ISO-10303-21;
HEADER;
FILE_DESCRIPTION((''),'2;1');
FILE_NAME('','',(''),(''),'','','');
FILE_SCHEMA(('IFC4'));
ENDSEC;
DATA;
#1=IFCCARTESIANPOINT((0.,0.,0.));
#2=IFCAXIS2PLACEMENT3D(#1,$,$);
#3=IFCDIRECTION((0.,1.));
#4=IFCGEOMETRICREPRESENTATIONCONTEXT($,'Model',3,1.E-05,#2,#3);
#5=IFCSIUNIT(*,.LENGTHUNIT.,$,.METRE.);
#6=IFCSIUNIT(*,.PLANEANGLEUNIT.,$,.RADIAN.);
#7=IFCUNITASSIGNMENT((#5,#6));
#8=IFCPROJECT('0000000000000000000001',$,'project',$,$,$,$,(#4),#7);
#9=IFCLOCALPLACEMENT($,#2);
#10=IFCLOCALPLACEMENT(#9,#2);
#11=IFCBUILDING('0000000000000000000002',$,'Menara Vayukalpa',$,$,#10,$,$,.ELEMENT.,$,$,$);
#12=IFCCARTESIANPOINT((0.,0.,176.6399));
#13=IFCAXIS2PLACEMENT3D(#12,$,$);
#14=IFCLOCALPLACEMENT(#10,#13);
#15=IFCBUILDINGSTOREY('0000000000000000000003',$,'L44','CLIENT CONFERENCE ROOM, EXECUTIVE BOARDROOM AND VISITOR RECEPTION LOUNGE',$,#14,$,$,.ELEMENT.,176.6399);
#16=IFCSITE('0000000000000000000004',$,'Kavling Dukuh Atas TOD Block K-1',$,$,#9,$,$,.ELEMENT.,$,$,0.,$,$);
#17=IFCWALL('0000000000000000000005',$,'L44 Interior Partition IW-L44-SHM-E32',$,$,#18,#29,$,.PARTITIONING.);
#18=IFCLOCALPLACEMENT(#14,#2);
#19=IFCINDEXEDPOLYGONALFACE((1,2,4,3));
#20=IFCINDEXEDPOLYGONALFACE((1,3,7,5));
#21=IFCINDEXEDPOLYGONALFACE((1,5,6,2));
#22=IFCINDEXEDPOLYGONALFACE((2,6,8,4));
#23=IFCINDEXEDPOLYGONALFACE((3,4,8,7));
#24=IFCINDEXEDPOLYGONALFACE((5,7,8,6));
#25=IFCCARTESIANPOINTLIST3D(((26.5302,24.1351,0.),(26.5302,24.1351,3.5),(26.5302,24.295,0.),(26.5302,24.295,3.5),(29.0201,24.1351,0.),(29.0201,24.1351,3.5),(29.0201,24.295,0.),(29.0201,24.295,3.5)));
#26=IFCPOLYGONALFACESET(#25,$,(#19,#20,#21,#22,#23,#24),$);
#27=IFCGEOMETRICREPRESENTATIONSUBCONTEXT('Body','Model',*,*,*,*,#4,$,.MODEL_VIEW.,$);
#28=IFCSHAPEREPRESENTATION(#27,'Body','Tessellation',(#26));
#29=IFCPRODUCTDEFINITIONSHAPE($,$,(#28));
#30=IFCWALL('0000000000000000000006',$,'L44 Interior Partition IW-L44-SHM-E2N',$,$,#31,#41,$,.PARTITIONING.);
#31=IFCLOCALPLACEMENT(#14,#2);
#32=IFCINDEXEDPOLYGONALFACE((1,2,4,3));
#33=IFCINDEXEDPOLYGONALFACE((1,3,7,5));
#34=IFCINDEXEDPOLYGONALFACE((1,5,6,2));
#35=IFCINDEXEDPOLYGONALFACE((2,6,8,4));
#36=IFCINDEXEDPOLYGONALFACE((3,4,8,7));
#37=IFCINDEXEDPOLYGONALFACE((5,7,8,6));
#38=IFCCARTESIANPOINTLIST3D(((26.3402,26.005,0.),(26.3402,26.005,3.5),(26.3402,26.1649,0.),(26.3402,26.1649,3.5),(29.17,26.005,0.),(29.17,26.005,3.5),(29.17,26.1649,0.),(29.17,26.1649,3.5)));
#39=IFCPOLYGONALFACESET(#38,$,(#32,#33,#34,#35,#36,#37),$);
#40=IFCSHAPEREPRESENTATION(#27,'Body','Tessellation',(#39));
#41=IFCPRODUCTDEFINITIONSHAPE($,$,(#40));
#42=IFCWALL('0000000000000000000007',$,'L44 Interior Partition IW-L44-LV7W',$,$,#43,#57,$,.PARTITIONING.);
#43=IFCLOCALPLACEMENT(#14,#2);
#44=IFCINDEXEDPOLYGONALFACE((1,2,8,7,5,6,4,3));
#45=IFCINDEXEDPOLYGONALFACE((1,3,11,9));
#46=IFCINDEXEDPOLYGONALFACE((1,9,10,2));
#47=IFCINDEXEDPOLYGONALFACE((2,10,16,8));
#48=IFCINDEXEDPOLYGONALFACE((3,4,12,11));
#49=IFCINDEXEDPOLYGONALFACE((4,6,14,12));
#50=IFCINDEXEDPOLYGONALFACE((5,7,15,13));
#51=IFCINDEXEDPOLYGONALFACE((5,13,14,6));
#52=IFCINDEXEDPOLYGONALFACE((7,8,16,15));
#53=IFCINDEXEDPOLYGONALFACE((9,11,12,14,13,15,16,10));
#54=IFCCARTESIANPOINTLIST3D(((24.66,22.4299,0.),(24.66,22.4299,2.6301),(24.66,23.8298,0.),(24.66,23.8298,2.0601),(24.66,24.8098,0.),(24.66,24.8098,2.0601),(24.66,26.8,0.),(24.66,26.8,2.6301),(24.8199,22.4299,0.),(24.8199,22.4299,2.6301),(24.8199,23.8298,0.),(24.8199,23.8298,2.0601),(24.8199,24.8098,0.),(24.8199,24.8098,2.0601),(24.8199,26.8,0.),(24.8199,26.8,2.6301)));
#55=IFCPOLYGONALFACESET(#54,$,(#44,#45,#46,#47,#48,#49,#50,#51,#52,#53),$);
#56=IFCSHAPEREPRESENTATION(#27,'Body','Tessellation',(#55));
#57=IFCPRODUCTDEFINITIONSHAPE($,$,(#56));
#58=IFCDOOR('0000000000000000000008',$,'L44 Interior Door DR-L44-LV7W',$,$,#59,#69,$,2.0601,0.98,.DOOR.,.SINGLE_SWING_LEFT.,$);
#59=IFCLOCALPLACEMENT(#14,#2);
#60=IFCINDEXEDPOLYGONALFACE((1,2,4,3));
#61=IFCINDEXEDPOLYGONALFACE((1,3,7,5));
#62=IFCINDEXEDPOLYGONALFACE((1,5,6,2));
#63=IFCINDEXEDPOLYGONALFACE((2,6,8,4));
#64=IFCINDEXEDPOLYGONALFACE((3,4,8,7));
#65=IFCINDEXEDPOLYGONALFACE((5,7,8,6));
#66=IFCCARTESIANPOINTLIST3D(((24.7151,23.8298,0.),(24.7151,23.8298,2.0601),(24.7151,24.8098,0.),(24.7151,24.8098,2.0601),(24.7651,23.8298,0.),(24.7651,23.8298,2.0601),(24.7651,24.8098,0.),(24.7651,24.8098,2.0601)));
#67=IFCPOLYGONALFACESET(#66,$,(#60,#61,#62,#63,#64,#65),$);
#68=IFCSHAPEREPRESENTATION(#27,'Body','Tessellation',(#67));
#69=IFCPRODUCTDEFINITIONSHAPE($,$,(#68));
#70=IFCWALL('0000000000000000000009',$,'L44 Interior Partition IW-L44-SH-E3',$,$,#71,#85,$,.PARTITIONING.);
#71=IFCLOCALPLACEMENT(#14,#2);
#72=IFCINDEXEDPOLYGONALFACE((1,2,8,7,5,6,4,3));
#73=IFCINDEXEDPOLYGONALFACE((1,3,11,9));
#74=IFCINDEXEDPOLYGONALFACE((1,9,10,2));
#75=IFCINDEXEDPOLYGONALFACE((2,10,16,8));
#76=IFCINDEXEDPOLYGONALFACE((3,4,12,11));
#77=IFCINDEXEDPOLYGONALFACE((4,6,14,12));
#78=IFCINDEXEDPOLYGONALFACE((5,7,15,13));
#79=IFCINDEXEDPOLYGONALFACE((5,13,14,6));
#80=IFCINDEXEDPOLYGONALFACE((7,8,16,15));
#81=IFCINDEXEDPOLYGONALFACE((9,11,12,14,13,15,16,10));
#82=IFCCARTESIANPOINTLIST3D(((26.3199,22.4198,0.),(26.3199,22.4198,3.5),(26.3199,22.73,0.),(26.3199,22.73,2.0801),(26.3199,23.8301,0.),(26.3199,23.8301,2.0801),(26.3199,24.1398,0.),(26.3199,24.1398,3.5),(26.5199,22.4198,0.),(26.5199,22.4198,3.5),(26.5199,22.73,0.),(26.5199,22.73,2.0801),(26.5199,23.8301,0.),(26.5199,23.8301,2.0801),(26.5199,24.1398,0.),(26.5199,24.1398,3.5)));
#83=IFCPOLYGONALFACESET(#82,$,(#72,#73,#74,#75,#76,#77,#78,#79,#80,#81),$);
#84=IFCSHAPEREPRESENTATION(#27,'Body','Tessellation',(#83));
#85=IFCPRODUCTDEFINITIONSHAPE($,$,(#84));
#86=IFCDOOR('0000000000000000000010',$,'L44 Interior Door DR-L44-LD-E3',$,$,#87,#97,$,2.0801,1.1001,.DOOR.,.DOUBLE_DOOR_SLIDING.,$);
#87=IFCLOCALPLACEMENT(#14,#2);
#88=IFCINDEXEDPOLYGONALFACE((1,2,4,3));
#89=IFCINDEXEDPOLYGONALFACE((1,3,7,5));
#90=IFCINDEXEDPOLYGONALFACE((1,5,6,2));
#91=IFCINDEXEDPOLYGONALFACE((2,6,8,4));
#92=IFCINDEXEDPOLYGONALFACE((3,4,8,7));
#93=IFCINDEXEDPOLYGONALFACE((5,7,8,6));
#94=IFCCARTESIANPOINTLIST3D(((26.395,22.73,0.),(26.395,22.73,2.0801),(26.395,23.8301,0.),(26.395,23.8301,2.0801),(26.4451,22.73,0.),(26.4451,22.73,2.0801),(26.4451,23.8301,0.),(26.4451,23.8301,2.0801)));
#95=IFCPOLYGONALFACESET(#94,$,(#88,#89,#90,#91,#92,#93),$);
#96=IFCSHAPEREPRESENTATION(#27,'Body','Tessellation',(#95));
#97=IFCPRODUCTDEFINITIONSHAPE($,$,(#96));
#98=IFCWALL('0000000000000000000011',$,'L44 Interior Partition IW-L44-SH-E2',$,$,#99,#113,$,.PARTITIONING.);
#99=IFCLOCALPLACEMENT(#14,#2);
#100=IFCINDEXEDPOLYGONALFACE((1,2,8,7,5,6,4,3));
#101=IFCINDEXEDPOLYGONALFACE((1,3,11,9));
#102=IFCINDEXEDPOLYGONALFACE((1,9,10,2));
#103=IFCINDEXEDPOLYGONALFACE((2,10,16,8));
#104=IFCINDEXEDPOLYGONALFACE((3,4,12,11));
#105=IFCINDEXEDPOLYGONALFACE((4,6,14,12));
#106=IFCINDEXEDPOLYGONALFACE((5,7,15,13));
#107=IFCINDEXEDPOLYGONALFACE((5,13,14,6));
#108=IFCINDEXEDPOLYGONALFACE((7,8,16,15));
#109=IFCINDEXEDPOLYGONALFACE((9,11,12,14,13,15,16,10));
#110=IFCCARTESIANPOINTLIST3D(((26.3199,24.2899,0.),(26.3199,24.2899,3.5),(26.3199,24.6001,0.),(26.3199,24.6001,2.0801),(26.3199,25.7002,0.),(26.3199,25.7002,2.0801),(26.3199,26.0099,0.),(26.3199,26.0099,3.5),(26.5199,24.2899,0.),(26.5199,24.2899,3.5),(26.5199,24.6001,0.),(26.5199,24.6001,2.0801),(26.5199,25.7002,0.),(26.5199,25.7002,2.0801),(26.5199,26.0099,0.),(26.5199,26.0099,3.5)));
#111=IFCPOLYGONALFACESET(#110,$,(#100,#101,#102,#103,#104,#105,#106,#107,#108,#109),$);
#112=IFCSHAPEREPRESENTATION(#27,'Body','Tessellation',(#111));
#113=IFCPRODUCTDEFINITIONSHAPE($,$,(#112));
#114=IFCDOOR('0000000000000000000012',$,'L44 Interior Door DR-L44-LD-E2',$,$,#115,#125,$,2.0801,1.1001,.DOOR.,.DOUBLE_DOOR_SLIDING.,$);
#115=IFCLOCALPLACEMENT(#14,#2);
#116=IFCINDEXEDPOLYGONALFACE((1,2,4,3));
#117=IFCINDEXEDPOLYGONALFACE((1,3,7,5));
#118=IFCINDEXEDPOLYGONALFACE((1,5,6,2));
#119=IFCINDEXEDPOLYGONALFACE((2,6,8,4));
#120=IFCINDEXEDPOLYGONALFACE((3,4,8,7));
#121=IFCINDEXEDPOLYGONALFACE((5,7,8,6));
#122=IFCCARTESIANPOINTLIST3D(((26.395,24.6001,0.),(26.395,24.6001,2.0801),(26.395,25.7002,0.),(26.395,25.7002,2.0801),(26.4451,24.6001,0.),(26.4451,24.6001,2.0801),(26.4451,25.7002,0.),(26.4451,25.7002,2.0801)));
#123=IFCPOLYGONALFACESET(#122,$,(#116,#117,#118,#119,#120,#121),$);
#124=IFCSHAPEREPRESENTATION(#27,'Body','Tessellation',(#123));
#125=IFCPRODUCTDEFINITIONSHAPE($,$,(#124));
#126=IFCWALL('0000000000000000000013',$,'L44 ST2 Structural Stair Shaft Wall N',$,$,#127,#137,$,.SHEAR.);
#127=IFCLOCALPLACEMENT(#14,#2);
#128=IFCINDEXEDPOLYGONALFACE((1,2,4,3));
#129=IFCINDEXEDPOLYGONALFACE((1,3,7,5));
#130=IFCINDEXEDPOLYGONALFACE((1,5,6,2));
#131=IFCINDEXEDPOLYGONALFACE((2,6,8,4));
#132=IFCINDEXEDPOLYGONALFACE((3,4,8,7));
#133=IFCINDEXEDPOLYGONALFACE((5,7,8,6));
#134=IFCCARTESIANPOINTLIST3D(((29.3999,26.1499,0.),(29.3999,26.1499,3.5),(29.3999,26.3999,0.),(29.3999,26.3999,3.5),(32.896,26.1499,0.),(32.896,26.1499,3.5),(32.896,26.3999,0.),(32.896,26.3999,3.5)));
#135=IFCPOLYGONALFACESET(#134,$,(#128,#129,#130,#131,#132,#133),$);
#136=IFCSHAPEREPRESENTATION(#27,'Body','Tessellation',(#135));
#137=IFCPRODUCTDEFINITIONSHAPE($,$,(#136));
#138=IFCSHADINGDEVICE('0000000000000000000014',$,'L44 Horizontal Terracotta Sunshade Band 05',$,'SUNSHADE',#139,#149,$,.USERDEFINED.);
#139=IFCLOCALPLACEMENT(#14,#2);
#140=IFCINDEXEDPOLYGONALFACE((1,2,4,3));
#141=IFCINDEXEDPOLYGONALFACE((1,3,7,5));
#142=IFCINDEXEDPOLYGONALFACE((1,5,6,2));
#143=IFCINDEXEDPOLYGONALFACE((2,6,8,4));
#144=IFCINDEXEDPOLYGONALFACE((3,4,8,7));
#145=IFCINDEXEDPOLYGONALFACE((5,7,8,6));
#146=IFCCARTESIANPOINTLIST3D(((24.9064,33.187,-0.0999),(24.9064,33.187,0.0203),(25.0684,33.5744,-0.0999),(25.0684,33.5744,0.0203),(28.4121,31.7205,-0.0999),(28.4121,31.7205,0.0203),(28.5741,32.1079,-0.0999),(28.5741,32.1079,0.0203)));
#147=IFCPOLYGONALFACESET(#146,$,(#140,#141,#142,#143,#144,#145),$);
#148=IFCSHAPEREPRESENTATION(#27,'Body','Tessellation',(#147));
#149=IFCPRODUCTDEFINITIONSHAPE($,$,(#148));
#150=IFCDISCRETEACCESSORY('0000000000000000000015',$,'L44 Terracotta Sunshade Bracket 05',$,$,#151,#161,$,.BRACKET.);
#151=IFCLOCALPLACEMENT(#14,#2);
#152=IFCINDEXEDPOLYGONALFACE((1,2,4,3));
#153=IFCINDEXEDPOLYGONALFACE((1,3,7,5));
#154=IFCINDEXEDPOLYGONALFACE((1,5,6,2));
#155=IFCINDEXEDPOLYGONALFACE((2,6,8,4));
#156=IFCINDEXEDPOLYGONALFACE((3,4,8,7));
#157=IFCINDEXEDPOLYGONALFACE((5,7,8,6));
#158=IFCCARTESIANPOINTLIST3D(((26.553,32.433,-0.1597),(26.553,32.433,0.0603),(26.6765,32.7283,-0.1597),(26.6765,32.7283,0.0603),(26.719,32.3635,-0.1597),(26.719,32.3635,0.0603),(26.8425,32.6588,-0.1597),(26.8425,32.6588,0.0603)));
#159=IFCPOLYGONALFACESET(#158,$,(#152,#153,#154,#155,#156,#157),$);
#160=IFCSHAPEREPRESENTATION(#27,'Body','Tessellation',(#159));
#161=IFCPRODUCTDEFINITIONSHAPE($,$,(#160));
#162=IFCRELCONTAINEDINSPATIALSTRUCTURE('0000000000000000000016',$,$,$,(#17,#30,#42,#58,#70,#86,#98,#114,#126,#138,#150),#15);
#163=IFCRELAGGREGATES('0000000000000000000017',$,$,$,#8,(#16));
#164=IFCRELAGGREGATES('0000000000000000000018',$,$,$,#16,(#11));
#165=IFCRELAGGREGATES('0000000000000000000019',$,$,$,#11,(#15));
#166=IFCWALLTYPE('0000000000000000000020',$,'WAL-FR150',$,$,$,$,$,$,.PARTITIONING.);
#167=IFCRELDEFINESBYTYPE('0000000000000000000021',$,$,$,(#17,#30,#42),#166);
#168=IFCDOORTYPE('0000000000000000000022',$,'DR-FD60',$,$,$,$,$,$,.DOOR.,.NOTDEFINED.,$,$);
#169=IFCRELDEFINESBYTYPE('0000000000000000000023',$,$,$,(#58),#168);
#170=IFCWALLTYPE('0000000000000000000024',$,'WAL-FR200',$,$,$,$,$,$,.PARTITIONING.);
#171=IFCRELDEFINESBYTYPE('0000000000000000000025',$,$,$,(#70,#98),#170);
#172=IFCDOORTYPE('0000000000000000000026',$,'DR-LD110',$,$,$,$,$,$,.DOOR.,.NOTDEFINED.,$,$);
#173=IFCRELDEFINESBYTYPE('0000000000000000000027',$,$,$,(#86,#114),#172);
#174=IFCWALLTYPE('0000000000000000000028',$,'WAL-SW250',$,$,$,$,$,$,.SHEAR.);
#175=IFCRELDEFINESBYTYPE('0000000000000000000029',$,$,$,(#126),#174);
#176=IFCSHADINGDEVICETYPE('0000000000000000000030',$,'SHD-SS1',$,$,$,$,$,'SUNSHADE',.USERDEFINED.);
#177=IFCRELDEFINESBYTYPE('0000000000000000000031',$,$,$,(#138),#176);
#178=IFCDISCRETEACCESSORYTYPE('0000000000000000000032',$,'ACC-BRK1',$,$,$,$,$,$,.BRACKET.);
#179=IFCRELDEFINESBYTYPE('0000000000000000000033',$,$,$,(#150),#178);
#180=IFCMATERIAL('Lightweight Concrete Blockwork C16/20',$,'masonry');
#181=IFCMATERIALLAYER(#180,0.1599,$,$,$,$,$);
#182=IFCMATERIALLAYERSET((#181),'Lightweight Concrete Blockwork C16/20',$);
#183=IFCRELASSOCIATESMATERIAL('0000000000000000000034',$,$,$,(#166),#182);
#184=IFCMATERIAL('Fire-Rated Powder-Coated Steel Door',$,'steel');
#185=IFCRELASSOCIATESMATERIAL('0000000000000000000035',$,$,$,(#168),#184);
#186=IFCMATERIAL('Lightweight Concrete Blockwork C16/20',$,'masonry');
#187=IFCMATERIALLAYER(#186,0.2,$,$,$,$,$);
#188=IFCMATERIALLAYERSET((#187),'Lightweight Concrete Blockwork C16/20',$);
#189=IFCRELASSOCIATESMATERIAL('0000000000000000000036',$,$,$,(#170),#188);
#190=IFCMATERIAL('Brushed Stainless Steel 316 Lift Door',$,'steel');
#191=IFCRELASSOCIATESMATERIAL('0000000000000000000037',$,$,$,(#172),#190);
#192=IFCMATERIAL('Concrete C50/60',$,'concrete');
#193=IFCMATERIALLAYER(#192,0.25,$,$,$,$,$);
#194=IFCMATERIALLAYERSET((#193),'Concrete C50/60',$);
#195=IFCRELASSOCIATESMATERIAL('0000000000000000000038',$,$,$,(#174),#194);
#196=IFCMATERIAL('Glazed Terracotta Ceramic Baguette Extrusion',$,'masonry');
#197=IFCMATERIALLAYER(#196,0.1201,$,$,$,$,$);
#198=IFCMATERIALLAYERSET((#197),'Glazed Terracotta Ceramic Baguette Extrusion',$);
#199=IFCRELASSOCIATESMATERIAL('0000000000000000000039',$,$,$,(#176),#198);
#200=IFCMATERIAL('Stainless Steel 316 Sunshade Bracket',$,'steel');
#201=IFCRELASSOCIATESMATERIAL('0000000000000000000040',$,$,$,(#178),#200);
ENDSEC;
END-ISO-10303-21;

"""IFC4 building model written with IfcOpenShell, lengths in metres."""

from ifc_helpers import new_model, si_unit, direction, frame, frame_2d, origin, origin_2d, place, context, subcontext, project, spatial, rectangle, extrude, material, layer, layer_set, type_object, element, fill, save


model = new_model("IFC4")

# Units and contexts
model_context = context("Model", 3, precision=1e-05, world=origin(), true_north=direction((0.0, 1.0)))
body_context = subcontext(model_context, "Body", "Model", "MODEL_VIEW")
ifc_project = project(units=[si_unit("LENGTHUNIT", "METRE"), si_unit("PLANEANGLEUNIT", "RADIAN")], contexts=[model_context])

# Site, building, storey
site_placement = place(None, origin())
site = spatial("IfcSite", under=ifc_project, at=site_placement, Name="Kavling Dukuh Atas TOD Block K-1", CompositionType="ELEMENT", RefElevation=0.0)
building_placement = place(site_placement, origin())
building = spatial("IfcBuilding", under=site, at=building_placement, Name="Menara Vayukalpa", CompositionType="ELEMENT")
storey_placement = place(building_placement, frame((0.0, 0.0, 176.6399)))
storey = spatial("IfcBuildingStorey", under=building, at=storey_placement, Name="L44", Description="CLIENT CONFERENCE ROOM, EXECUTIVE BOARDROOM AND VISITOR RECEPTION LOUNGE", CompositionType="ELEMENT", Elevation=176.6399)

# Walls
ifc_material_1 = material(Name="Lightweight Concrete Blockwork C16/20", Category="masonry")
ifc_layer_1 = layer(ifc_material_1, 0.1599)
ifc_layer_set_1 = layer_set([ifc_layer_1], Name="Lightweight Concrete Blockwork C16/20")
wall_type_1 = type_object("IfcWallType", Name="WAL-FR150", PredefinedType="PARTITIONING", material=ifc_layer_set_1)
wall_1_placement = place(storey_placement, frame((26.53, 24.2151, 0.0), z_axis=(0.0, 0.0, 1.0), x_axis=(1.0, 0.0, 0.0)))
element("IfcWall", 1, at=wall_1_placement, inside=storey, type_object=wall_type_1, Name="L44 Interior Partition IW-L44-SHM-E32", PredefinedType="PARTITIONING", context=body_context, shape_type="SweptSolid", body=[
    extrude(rectangle(XDim=2.49, YDim=0.1599, at=frame_2d((1.2451, 0.0))), origin(), (0.0, 0.0, 1.0), 3.5),
])
wall_2_placement = place(storey_placement, frame((26.3401, 26.085, 0.0), z_axis=(0.0, 0.0, 1.0), x_axis=(1.0, 0.0, 0.0)))
element("IfcWall", 2, at=wall_2_placement, inside=storey, type_object=wall_type_1, Name="L44 Interior Partition IW-L44-SHM-E2N", PredefinedType="PARTITIONING", context=body_context, shape_type="SweptSolid", body=[
    extrude(rectangle(XDim=2.8298, YDim=0.1599, at=frame_2d((1.415, 0.0))), origin(), (0.0, 0.0, 1.0), 3.5),
])

# Walls, openings, doors
wall_3_placement = place(storey_placement, frame((24.74, 22.4299, 0.0), z_axis=(0.0, 0.0, 1.0), x_axis=(0.0, 1.0, 0.0)))
wall_3 = element("IfcWall", 3, at=wall_3_placement, inside=storey, type_object=wall_type_1, Name="L44 Interior Partition IW-L44-LV7W", PredefinedType="PARTITIONING", context=body_context, shape_type="SweptSolid", body=[
    extrude(rectangle(XDim=4.3701, YDim=0.1599, at=frame_2d((2.1851, 0.0))), origin(), (0.0, 0.0, 1.0), 2.6301),
])
opening_1_placement = place(wall_3_placement, frame((1.3999, 0.0, 0.0)))
opening_1 = element("IfcOpeningElement", 4, at=opening_1_placement, cuts=wall_3, PredefinedType="OPENING", context=body_context, shape_type="SweptSolid", body=[
    extrude(rectangle(XDim=0.98, YDim=2.0601, at=frame_2d((0.49, 1.03))), frame((0.0, 0.0898, 0.0), z_axis=(0.0, -1.0, 0.0), x_axis=(1.0, 0.0, 0.0)), (0.0, 0.0, 1.0), 0.1799),
])
ifc_material_2 = material(Name="Fire-Rated Powder-Coated Steel Door", Category="steel")
door_type_1 = type_object("IfcDoorType", Name="DR-FD60", OperationType="NOTDEFINED", PredefinedType="DOOR", material=ifc_material_2)
door_1_placement = place(opening_1_placement, origin())
door_1 = element("IfcDoor", 5, at=door_1_placement, inside=storey, type_object=door_type_1, Name="L44 Interior Door DR-L44-LV7W", OperationType="SINGLE_SWING_LEFT", OverallHeight=2.0601, OverallWidth=0.98, PredefinedType="DOOR", context=body_context, shape_type="SweptSolid", body=[
    extrude(rectangle(XDim=0.98, YDim=2.0601, at=frame_2d((0.49, 1.03))), frame((0.0, 0.0249, 0.0), z_axis=(0.0, -1.0, 0.0), x_axis=(1.0, 0.0, 0.0)), (0.0, 0.0, 1.0), 0.05),
])
fill(opening_1, door_1)
ifc_material_3 = material(Name="Lightweight Concrete Blockwork C16/20", Category="masonry")
ifc_layer_2 = layer(ifc_material_3, 0.2)
ifc_layer_set_2 = layer_set([ifc_layer_2], Name="Lightweight Concrete Blockwork C16/20")
wall_type_2 = type_object("IfcWallType", Name="WAL-FR200", PredefinedType="PARTITIONING", material=ifc_layer_set_2)
wall_4_placement = place(storey_placement, frame((26.4199, 22.4199, 0.0), z_axis=(0.0, 0.0, 1.0), x_axis=(0.0, 1.0, 0.0)))
wall_4 = element("IfcWall", 6, at=wall_4_placement, inside=storey, type_object=wall_type_2, Name="L44 Interior Partition IW-L44-SH-E3", PredefinedType="PARTITIONING", context=body_context, shape_type="SweptSolid", body=[
    extrude(rectangle(XDim=1.72, YDim=0.2, at=frame_2d((0.8599, 0.0))), origin(), (0.0, 0.0, 1.0), 3.5),
])
opening_2_placement = place(wall_4_placement, frame((0.3101, 0.0, 0.0)))
opening_2 = element("IfcOpeningElement", 7, at=opening_2_placement, cuts=wall_4, PredefinedType="OPENING", context=body_context, shape_type="SweptSolid", body=[
    extrude(rectangle(XDim=1.1001, YDim=2.0801, at=frame_2d((0.55, 1.04))), frame((0.0, 0.1099, 0.0), z_axis=(0.0, -1.0, 0.0), x_axis=(1.0, 0.0, 0.0)), (0.0, 0.0, 1.0), 0.22),
])
ifc_material_4 = material(Name="Brushed Stainless Steel 316 Lift Door", Category="steel")
door_type_2 = type_object("IfcDoorType", Name="DR-LD110", OperationType="NOTDEFINED", PredefinedType="DOOR", material=ifc_material_4)
door_2_placement = place(opening_2_placement, origin())
door_2 = element("IfcDoor", 8, at=door_2_placement, inside=storey, type_object=door_type_2, Name="L44 Interior Door DR-L44-LD-E3", OperationType="DOUBLE_DOOR_SLIDING", OverallHeight=2.0801, OverallWidth=1.1001, PredefinedType="DOOR", context=body_context, shape_type="SweptSolid", body=[
    extrude(rectangle(XDim=1.1001, YDim=2.0801, at=frame_2d((0.55, 1.04))), frame((0.0, 0.0249, 0.0), z_axis=(0.0, -1.0, 0.0), x_axis=(1.0, 0.0, 0.0)), (0.0, 0.0, 1.0), 0.05),
])
fill(opening_2, door_2)
wall_5_placement = place(storey_placement, frame((26.4199, 24.29, 0.0), z_axis=(0.0, 0.0, 1.0), x_axis=(0.0, 1.0, 0.0)))
wall_5 = element("IfcWall", 9, at=wall_5_placement, inside=storey, type_object=wall_type_2, Name="L44 Interior Partition IW-L44-SH-E2", PredefinedType="PARTITIONING", context=body_context, shape_type="SweptSolid", body=[
    extrude(rectangle(XDim=1.72, YDim=0.2, at=frame_2d((0.8599, 0.0))), origin(), (0.0, 0.0, 1.0), 3.5),
])
opening_3_placement = place(wall_5_placement, frame((0.3101, 0.0, 0.0)))
opening_3 = element("IfcOpeningElement", 10, at=opening_3_placement, cuts=wall_5, PredefinedType="OPENING", context=body_context, shape_type="SweptSolid", body=[
    extrude(rectangle(XDim=1.1001, YDim=2.0801, at=frame_2d((0.55, 1.04))), frame((0.0, 0.1099, 0.0), z_axis=(0.0, -1.0, 0.0), x_axis=(1.0, 0.0, 0.0)), (0.0, 0.0, 1.0), 0.22),
])
door_3_placement = place(opening_3_placement, origin())
door_3 = element("IfcDoor", 11, at=door_3_placement, inside=storey, type_object=door_type_2, Name="L44 Interior Door DR-L44-LD-E2", OperationType="DOUBLE_DOOR_SLIDING", OverallHeight=2.0801, OverallWidth=1.1001, PredefinedType="DOOR", context=body_context, shape_type="SweptSolid", body=[
    extrude(rectangle(XDim=1.1001, YDim=2.0801, at=frame_2d((0.55, 1.04))), frame((0.0, 0.0249, 0.0), z_axis=(0.0, -1.0, 0.0), x_axis=(1.0, 0.0, 0.0)), (0.0, 0.0, 1.0), 0.05),
])
fill(opening_3, door_3)

# Wall
ifc_material_5 = material(Name="Concrete C50/60", Category="concrete")
ifc_layer_3 = layer(ifc_material_5, 0.25)
ifc_layer_set_3 = layer_set([ifc_layer_3], Name="Concrete C50/60")
wall_type_3 = type_object("IfcWallType", Name="WAL-SW250", PredefinedType="SHEAR", material=ifc_layer_set_3)
wall_6_placement = place(storey_placement, frame((29.3999, 26.2749, 0.0), z_axis=(0.0, 0.0, 1.0), x_axis=(1.0, 0.0, 0.0)))
element("IfcWall", 12, at=wall_6_placement, inside=storey, type_object=wall_type_3, Name="L44 ST2 Structural Stair Shaft Wall N", PredefinedType="SHEAR", context=body_context, shape_type="SweptSolid", body=[
    extrude(rectangle(XDim=3.4961, YDim=0.25, at=frame_2d((1.748, 0.0))), origin(), (0.0, 0.0, 1.0), 3.5),
])

# Shading device
ifc_material_6 = material(Name="Glazed Terracotta Ceramic Baguette Extrusion", Category="masonry")
ifc_layer_4 = layer(ifc_material_6, 0.1201)
ifc_layer_set_4 = layer_set([ifc_layer_4], Name="Glazed Terracotta Ceramic Baguette Extrusion")
shading_device_type = type_object("IfcShadingDeviceType", Name="SHD-SS1", ElementType="SUNSHADE", PredefinedType="USERDEFINED", material=ifc_layer_set_4)
shading_device_placement = place(storey_placement, frame((26.7402, 32.6475, -0.0999), z_axis=(0.0, 0.0, 1.0), x_axis=(-0.922538, 0.385906, 0.0)))
element("IfcShadingDevice", 13, at=shading_device_placement, inside=storey, type_object=shading_device_type, Name="L44 Horizontal Terracotta Sunshade Band 05", ObjectType="SUNSHADE", PredefinedType="USERDEFINED", context=body_context, shape_type="SweptSolid", body=[
    extrude(rectangle(XDim=3.8, YDim=0.4199, at=origin_2d()), origin(), (0.0, 0.0, 1.0), 0.1201),
])

# Discrete accessory
ifc_material_7 = material(Name="Stainless Steel 316 Sunshade Bracket", Category="steel")
discrete_accessory_type = type_object("IfcDiscreteAccessoryType", Name="ACC-BRK1", PredefinedType="BRACKET", material=ifc_material_7)
discrete_accessory_placement = place(storey_placement, frame((26.6978, 32.5459, -0.1597), z_axis=(0.0, 0.0, 1.0), x_axis=(-0.922538, 0.385906, 0.0)))
element("IfcDiscreteAccessory", 14, at=discrete_accessory_placement, inside=storey, type_object=discrete_accessory_type, Name="L44 Terracotta Sunshade Bracket 05", PredefinedType="BRACKET", context=body_context, shape_type="SweptSolid", body=[
    extrude(rectangle(XDim=0.1799, YDim=0.3201, at=origin_2d()), origin(), (0.0, 0.0, 1.0), 0.22),
])

save(model, "model.ifc")
